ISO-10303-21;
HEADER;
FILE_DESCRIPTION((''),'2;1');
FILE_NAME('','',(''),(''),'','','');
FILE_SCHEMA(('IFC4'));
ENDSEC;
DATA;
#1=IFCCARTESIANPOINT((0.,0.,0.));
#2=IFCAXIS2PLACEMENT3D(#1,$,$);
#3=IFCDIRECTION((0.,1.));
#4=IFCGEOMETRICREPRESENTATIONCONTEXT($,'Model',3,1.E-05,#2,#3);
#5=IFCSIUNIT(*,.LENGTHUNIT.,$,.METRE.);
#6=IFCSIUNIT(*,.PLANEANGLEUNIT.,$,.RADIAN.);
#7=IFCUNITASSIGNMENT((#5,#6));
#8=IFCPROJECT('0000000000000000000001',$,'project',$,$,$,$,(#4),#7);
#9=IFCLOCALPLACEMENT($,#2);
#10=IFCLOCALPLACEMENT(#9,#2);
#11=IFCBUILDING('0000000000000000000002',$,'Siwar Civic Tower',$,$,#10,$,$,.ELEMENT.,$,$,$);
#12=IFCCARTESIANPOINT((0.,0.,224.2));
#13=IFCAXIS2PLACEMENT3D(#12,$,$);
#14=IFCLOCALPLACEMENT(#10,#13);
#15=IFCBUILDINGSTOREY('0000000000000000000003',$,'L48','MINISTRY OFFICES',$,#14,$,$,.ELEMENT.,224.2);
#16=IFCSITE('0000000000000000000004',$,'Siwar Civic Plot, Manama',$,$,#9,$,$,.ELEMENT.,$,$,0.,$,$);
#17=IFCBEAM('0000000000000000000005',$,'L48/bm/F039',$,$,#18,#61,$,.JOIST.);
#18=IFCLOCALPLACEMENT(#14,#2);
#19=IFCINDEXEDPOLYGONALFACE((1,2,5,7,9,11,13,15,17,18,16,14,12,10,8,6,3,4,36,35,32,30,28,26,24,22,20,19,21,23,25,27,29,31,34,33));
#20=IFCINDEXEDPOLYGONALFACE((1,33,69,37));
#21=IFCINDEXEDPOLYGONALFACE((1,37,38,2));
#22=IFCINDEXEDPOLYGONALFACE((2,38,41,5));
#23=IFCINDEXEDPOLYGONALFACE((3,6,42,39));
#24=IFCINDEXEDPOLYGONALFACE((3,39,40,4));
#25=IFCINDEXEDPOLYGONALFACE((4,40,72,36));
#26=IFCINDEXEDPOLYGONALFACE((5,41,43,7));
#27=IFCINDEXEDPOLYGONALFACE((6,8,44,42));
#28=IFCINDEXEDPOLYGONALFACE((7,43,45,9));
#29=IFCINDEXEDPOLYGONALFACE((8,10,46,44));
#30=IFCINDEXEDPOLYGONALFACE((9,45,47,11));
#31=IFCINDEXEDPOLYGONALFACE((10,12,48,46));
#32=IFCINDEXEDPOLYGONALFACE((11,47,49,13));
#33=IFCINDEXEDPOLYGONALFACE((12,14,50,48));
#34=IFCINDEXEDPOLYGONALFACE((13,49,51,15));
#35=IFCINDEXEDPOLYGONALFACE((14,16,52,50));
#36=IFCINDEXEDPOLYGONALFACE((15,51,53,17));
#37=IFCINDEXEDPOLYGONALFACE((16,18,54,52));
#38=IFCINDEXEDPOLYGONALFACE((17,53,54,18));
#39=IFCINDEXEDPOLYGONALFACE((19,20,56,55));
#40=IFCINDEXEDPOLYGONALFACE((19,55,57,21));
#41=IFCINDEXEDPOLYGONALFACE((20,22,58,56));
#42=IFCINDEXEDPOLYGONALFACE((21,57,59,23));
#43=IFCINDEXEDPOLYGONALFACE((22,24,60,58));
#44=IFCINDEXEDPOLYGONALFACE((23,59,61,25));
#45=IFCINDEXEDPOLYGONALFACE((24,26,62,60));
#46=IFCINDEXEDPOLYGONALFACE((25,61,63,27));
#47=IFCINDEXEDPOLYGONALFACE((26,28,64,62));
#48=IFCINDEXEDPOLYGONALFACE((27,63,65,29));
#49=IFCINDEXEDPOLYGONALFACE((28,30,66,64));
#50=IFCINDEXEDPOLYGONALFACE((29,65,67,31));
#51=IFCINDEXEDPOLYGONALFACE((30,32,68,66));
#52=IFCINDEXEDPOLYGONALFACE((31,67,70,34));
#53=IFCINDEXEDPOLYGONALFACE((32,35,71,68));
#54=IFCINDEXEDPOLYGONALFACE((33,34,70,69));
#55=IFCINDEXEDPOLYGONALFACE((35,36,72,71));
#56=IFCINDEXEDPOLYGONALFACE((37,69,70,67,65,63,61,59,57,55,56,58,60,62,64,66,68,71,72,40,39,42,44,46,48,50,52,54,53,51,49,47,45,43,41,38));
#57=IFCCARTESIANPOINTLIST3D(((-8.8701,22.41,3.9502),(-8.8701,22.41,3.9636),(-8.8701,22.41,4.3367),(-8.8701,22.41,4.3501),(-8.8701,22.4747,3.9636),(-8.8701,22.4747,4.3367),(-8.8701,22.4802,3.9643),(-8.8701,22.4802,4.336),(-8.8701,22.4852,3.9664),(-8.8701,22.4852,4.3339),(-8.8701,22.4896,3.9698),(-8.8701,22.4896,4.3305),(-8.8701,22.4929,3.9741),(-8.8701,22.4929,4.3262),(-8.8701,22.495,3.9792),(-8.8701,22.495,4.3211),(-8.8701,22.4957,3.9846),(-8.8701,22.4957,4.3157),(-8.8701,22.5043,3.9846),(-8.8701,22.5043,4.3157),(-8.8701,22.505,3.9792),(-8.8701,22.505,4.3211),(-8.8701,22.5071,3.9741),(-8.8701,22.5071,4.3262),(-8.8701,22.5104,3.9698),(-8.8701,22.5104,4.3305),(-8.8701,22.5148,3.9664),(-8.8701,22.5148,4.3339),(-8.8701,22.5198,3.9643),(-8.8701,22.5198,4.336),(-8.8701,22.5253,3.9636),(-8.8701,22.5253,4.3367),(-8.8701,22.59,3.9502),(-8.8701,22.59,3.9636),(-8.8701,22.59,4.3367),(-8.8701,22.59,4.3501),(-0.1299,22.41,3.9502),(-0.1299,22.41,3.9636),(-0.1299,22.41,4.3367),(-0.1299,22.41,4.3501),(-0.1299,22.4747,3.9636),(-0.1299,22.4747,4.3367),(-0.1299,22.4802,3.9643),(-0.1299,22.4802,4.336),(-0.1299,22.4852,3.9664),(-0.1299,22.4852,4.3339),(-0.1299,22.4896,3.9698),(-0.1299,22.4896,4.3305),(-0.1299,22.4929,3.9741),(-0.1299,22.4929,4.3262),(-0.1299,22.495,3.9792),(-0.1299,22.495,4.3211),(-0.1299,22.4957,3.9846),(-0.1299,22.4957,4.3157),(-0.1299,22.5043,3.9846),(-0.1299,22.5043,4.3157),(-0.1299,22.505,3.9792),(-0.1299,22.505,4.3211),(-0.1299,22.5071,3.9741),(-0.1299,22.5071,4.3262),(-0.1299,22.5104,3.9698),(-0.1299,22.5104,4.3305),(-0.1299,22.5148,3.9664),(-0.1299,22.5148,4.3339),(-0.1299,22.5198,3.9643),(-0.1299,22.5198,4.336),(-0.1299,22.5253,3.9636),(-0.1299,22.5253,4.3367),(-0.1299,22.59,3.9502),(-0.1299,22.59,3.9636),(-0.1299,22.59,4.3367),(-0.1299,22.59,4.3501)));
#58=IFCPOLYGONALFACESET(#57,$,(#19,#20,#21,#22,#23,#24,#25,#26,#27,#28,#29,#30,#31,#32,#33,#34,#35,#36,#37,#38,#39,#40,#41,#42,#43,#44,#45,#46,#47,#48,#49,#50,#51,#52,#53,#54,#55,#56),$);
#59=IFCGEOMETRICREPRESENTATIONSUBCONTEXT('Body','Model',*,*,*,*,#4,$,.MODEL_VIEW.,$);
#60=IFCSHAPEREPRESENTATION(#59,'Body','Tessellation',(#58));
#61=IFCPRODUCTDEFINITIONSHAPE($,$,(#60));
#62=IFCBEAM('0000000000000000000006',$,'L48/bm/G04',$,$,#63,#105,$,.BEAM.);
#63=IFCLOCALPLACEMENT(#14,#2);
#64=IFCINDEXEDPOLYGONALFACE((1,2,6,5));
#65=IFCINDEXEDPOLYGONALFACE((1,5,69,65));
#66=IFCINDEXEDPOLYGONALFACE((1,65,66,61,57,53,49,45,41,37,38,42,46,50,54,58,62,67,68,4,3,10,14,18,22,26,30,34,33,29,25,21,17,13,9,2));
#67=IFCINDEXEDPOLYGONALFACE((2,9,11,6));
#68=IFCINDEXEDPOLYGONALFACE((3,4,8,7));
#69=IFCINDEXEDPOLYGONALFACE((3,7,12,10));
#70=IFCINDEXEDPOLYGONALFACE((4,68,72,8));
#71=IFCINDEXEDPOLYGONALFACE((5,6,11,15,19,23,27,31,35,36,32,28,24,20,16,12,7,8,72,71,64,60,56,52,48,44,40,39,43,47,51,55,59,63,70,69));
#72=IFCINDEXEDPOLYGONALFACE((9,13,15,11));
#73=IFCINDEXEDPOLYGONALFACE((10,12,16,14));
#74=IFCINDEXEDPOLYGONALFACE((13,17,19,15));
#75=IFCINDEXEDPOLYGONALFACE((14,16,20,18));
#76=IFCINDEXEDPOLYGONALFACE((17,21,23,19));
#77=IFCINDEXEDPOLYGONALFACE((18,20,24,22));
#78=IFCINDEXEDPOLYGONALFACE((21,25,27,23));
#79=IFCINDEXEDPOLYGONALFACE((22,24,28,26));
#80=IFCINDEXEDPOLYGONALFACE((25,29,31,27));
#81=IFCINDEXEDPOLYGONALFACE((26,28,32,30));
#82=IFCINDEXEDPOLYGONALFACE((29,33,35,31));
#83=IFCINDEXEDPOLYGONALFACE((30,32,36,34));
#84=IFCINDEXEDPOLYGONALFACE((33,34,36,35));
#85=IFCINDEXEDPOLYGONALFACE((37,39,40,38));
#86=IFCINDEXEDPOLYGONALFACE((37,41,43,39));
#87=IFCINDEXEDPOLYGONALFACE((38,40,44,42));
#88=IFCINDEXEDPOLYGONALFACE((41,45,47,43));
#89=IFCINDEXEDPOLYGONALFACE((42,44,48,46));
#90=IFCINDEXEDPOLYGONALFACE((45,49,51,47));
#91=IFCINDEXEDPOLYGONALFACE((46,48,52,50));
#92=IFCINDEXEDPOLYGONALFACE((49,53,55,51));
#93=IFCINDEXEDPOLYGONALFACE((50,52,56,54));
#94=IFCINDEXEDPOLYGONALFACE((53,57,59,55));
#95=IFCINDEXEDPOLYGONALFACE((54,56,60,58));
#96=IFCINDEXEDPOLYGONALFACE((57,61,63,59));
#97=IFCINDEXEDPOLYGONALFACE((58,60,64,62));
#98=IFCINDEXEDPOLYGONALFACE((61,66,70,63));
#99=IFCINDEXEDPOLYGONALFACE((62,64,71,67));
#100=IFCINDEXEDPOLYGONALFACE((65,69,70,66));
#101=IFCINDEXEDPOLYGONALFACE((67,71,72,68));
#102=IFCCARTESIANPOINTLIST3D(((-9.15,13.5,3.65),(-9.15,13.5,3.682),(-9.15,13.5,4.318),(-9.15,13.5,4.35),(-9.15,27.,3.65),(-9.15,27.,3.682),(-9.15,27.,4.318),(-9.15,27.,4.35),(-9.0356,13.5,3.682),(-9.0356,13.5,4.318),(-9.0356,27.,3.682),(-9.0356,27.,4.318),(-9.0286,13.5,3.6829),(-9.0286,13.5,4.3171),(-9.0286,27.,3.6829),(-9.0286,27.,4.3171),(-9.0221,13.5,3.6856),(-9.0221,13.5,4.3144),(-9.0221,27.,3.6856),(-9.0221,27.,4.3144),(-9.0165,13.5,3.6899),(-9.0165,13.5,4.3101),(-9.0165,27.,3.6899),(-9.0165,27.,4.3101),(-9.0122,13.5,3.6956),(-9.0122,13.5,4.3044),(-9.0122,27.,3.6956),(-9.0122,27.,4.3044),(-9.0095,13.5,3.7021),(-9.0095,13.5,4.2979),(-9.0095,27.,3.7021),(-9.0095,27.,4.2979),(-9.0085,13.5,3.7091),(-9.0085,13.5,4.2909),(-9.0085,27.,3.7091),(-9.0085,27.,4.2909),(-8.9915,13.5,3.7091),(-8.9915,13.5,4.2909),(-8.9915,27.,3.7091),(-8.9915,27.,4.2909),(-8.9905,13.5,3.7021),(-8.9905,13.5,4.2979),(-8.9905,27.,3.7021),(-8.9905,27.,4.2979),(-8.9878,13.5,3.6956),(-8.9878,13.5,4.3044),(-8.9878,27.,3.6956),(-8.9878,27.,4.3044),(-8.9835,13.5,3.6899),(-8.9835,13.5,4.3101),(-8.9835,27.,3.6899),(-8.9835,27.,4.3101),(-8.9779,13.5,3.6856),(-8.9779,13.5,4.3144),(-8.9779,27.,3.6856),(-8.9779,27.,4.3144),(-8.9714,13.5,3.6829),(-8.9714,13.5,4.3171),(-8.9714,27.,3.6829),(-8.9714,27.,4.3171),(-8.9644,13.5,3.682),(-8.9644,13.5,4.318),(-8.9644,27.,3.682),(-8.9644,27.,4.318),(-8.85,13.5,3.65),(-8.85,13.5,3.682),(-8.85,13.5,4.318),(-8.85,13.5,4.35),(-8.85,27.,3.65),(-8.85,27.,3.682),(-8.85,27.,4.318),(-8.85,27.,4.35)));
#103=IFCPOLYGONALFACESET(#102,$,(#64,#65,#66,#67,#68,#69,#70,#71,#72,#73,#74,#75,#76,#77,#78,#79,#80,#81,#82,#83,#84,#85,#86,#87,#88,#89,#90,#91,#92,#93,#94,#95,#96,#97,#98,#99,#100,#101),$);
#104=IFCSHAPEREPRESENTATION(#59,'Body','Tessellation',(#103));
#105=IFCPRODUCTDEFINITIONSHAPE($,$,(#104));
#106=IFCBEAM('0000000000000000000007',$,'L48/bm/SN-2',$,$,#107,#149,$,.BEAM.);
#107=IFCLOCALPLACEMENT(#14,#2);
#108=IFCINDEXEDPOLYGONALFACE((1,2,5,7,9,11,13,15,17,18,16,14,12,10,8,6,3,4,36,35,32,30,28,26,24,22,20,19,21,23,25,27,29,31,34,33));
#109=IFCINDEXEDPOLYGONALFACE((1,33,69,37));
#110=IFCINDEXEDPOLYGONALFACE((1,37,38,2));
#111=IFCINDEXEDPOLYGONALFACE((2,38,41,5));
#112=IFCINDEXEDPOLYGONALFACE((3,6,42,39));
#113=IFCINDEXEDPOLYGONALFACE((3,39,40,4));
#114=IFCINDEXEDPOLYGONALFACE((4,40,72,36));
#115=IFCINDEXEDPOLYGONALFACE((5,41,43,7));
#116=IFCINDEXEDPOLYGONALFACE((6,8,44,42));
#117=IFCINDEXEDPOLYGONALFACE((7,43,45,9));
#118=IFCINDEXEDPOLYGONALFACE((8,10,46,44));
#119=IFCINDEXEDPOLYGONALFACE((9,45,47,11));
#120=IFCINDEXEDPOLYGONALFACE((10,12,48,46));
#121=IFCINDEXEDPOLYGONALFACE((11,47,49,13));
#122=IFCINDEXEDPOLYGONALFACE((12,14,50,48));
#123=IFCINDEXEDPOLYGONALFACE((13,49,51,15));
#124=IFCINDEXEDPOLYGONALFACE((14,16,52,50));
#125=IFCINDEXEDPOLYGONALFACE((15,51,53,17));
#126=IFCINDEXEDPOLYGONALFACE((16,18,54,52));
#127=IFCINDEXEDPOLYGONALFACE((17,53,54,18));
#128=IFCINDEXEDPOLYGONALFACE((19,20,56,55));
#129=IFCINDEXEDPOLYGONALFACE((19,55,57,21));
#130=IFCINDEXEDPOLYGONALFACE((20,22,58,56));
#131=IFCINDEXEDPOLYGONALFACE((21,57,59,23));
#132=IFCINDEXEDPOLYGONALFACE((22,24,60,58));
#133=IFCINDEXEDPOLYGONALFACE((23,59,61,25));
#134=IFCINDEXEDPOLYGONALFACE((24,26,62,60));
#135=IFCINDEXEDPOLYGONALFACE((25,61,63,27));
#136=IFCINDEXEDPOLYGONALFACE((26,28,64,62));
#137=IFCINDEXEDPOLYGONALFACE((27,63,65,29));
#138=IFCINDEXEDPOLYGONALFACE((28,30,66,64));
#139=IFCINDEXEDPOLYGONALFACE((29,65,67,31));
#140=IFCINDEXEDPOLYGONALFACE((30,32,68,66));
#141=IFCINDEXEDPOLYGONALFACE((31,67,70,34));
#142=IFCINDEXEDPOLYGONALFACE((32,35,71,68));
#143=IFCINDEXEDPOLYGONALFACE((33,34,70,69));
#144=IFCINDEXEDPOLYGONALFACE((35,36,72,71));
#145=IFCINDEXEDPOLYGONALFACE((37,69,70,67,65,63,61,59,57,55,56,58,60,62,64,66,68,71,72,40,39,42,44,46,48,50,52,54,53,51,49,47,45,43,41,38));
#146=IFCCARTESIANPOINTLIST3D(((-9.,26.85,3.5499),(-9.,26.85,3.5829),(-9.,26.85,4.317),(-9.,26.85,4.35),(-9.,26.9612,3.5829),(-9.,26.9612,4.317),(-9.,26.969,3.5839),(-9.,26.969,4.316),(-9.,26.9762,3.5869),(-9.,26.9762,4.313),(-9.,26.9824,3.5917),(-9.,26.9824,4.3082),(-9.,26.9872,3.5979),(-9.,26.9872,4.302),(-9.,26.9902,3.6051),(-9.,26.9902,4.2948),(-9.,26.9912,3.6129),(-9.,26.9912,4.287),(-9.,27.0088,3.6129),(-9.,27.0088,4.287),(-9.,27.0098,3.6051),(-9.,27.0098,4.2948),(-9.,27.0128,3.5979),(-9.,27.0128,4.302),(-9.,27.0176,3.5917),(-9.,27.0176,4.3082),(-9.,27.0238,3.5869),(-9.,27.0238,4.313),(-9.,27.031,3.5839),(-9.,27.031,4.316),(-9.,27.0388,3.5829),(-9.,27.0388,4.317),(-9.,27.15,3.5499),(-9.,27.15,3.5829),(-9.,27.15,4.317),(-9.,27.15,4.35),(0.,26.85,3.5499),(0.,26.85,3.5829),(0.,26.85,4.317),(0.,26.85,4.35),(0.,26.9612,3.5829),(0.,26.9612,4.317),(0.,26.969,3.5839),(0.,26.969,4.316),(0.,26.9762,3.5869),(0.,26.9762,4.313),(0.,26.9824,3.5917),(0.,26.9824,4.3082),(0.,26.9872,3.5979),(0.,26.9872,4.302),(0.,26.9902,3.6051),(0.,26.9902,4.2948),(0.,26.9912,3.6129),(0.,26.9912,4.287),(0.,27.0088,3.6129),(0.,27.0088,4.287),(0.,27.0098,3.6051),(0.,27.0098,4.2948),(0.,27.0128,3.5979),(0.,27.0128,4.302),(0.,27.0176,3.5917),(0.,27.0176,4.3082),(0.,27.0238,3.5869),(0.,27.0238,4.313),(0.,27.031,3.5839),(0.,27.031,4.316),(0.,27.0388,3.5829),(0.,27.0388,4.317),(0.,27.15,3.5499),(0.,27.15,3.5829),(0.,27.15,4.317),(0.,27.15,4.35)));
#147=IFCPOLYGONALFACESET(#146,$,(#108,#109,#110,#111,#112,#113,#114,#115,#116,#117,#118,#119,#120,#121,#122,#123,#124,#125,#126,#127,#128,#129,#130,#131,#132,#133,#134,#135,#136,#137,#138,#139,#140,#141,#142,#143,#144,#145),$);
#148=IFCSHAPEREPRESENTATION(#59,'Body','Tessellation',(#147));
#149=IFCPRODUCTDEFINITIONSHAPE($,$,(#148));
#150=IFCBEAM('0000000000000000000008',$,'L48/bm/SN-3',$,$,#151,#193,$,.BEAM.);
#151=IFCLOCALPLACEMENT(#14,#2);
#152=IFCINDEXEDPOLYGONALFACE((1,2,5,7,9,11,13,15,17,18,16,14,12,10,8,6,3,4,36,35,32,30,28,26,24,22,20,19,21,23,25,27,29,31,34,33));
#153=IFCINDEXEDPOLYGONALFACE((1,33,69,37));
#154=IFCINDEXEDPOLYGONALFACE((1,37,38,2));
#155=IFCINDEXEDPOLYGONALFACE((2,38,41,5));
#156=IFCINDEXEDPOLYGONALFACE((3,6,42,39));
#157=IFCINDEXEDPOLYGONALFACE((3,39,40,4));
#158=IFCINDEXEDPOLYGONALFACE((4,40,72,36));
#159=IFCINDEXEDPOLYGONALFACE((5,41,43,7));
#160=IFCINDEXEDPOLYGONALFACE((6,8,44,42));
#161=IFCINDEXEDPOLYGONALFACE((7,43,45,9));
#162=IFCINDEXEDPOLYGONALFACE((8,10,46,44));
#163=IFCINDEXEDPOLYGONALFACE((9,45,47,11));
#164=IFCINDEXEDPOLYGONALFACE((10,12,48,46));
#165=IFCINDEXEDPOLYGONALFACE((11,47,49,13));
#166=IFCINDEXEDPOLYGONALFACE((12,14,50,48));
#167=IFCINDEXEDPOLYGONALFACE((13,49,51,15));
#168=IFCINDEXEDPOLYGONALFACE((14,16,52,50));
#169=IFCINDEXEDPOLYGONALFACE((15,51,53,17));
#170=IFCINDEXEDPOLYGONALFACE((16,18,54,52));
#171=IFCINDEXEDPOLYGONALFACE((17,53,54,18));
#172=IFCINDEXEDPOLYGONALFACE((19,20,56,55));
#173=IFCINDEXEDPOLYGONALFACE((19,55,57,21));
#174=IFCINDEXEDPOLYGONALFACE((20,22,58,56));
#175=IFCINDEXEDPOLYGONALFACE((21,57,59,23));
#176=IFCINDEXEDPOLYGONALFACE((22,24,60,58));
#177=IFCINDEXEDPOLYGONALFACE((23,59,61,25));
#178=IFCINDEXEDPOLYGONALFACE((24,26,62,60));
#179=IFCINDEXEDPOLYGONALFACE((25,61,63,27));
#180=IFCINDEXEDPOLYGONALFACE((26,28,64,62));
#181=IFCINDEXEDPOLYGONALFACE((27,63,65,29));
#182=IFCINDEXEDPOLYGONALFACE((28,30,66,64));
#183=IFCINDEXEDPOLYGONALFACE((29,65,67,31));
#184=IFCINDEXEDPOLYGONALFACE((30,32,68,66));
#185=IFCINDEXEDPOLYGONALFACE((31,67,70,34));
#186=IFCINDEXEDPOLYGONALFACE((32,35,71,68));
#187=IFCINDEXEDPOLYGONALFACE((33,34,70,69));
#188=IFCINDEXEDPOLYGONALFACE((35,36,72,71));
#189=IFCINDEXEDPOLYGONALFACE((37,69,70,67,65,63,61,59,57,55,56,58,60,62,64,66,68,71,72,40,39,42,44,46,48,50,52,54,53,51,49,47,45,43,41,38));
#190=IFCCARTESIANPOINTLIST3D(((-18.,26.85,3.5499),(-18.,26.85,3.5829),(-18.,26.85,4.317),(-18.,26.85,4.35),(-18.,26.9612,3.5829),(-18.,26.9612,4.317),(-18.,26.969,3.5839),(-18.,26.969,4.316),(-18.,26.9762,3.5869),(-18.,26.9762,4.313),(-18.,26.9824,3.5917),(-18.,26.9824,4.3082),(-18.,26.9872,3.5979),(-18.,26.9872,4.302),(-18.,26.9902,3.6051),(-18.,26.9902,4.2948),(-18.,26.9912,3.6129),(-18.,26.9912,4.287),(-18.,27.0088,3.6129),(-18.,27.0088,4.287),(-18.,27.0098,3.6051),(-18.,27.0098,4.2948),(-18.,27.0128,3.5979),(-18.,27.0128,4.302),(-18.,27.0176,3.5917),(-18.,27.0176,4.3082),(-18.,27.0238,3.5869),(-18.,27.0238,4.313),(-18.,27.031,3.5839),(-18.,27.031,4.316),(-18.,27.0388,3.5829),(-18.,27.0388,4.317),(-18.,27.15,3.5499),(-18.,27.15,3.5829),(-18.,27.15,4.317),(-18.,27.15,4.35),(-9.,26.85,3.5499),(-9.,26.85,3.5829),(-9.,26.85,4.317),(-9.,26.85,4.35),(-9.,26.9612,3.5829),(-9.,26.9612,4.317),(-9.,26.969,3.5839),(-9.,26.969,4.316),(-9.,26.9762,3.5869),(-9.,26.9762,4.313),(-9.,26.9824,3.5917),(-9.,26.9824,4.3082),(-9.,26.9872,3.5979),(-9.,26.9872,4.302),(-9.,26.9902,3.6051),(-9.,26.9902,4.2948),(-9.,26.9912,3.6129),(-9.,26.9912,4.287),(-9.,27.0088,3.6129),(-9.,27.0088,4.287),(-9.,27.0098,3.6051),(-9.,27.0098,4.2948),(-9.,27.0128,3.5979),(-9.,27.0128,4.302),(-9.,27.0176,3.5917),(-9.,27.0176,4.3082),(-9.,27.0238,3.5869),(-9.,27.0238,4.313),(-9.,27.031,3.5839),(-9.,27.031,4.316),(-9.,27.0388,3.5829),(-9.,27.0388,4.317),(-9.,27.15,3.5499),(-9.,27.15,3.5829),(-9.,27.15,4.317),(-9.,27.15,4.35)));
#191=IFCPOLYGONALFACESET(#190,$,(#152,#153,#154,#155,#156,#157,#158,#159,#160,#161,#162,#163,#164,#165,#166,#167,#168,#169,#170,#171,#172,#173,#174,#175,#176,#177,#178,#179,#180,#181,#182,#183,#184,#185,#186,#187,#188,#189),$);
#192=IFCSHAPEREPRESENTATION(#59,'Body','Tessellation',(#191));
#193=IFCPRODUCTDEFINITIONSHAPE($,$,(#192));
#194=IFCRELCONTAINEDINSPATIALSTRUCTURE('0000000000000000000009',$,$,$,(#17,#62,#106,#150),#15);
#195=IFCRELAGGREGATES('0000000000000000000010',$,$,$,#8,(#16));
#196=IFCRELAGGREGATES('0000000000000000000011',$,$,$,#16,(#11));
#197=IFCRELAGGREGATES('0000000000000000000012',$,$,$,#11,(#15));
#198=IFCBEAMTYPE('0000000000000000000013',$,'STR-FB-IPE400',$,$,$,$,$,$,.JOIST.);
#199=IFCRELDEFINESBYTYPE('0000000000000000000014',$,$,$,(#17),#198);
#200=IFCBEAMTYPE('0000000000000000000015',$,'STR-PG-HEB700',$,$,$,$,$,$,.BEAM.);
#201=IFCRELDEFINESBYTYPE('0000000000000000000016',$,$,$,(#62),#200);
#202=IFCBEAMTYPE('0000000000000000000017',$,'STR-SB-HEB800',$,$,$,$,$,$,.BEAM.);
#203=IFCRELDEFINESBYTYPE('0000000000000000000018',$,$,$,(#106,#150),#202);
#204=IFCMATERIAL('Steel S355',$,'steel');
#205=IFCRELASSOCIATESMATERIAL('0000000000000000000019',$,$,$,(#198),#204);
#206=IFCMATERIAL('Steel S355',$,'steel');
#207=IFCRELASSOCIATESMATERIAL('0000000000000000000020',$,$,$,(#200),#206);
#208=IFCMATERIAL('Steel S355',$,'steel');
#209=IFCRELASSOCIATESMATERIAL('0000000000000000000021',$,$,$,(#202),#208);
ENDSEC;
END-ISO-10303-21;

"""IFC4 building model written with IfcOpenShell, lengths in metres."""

from ifc_helpers import new_model, si_unit, direction, frame, origin, origin_2d, place, context, subcontext, project, spatial, i_section, extrude, material, material_profile, profile_set, type_object, element, save


model = new_model("IFC4")

# Units and contexts
model_context = context("Model", 3, precision=1e-05, world=origin(), true_north=direction((0.0, 1.0)))
body_context = subcontext(model_context, "Body", "Model", "MODEL_VIEW")
ifc_project = project(units=[si_unit("LENGTHUNIT", "METRE"), si_unit("PLANEANGLEUNIT", "RADIAN")], contexts=[model_context])

# Site, building, storey
site_placement = place(None, origin())
site = spatial("IfcSite", under=ifc_project, at=site_placement, Name="Siwar Civic Plot, Manama", CompositionType="ELEMENT", RefElevation=0.0)
building_placement = place(site_placement, origin())
building = spatial("IfcBuilding", under=site, at=building_placement, Name="Siwar Civic Tower", CompositionType="ELEMENT")
storey_placement = place(building_placement, frame((0.0, 0.0, 224.2)))
storey = spatial("IfcBuildingStorey", under=building, at=storey_placement, Name="L48", Description="MINISTRY OFFICES", CompositionType="ELEMENT", Elevation=224.2)

# Beams
ifc_material_1 = material(Name="Steel S355", Category="steel")
ifc_material_profile_1 = material_profile(ifc_material_1, i_section(OverallWidth=0.1799, OverallDepth=0.3999, WebThickness=0.0085, FlangeThickness=0.0134, FilletRadius=0.021, at=origin_2d()), Name="IPE400")
ifc_profile_set_1 = profile_set([ifc_material_profile_1], Name="Steel S355")
beam_type_1 = type_object("IfcBeamType", Name="STR-FB-IPE400", PredefinedType="JOIST", material=ifc_profile_set_1)
for number, where, z_axis, x_axis, name in (
    (1, (-8.8701, 22.5, 4.1501), (1.0, 0.0, 0.0), (0.0, 1.0, 0.0), "L48/bm/F039"),
):
    element("IfcBeam", number, at=place(storey_placement, frame(where, z_axis=z_axis, x_axis=x_axis)), inside=storey, type_object=beam_type_1, Name=name, PredefinedType="JOIST", context=body_context, shape_type="SweptSolid", body=[
        extrude(i_section(OverallWidth=0.1799, OverallDepth=0.3999, WebThickness=0.0085, FlangeThickness=0.0134, FilletRadius=0.021, at=origin_2d()), origin(), (0.0, 0.0, 1.0), 8.7402),
    ])
ifc_material_2 = material(Name="Steel S355", Category="steel")
ifc_material_profile_2 = material_profile(ifc_material_2, i_section(OverallWidth=0.3, OverallDepth=0.7, WebThickness=0.0171, FlangeThickness=0.032, FilletRadius=0.0271, at=origin_2d()), Name="HEB700")
ifc_profile_set_2 = profile_set([ifc_material_profile_2], Name="Steel S355")
beam_type_2 = type_object("IfcBeamType", Name="STR-PG-HEB700", PredefinedType="BEAM", material=ifc_profile_set_2)
beam_1_placement = place(storey_placement, frame((-9.0, 13.5, 4.0), z_axis=(0.0, 1.0, 0.0), x_axis=(-1.0, 0.0, 0.0)))
element("IfcBeam", 2, at=beam_1_placement, inside=storey, type_object=beam_type_2, Name="L48/bm/G04", PredefinedType="BEAM", context=body_context, shape_type="SweptSolid", body=[
    extrude(i_section(OverallWidth=0.3, OverallDepth=0.7, WebThickness=0.0171, FlangeThickness=0.032, FilletRadius=0.0271, at=origin_2d()), origin(), (0.0, 0.0, 1.0), 13.5),
])
ifc_material_3 = material(Name="Steel S355", Category="steel")
ifc_material_profile_3 = material_profile(ifc_material_3, i_section(OverallWidth=0.3, OverallDepth=0.8, WebThickness=0.0176, FlangeThickness=0.033, FilletRadius=0.03, at=origin_2d()), Name="HEB800")
ifc_profile_set_3 = profile_set([ifc_material_profile_3], Name="Steel S355")
beam_type_3 = type_object("IfcBeamType", Name="STR-SB-HEB800", PredefinedType="BEAM", material=ifc_profile_set_3)
for number, where, z_axis, x_axis, name in (
    (3, (0.0, 27.0, 3.95), (-1.0, 0.0, 0.0), (0.0, -1.0, 0.0), "L48/bm/SN-2"),
    (4, (-9.0, 27.0, 3.95), (-1.0, 0.0, 0.0), (0.0, -1.0, 0.0), "L48/bm/SN-3"),
):
    element("IfcBeam", number, at=place(storey_placement, frame(where, z_axis=z_axis, x_axis=x_axis)), inside=storey, type_object=beam_type_3, Name=name, PredefinedType="BEAM", context=body_context, shape_type="SweptSolid", body=[
        extrude(i_section(OverallWidth=0.3, OverallDepth=0.8, WebThickness=0.0176, FlangeThickness=0.033, FilletRadius=0.03, at=origin_2d()), origin(), (0.0, 0.0, 1.0), 9.0),
    ])

save(model, "model.ifc")
